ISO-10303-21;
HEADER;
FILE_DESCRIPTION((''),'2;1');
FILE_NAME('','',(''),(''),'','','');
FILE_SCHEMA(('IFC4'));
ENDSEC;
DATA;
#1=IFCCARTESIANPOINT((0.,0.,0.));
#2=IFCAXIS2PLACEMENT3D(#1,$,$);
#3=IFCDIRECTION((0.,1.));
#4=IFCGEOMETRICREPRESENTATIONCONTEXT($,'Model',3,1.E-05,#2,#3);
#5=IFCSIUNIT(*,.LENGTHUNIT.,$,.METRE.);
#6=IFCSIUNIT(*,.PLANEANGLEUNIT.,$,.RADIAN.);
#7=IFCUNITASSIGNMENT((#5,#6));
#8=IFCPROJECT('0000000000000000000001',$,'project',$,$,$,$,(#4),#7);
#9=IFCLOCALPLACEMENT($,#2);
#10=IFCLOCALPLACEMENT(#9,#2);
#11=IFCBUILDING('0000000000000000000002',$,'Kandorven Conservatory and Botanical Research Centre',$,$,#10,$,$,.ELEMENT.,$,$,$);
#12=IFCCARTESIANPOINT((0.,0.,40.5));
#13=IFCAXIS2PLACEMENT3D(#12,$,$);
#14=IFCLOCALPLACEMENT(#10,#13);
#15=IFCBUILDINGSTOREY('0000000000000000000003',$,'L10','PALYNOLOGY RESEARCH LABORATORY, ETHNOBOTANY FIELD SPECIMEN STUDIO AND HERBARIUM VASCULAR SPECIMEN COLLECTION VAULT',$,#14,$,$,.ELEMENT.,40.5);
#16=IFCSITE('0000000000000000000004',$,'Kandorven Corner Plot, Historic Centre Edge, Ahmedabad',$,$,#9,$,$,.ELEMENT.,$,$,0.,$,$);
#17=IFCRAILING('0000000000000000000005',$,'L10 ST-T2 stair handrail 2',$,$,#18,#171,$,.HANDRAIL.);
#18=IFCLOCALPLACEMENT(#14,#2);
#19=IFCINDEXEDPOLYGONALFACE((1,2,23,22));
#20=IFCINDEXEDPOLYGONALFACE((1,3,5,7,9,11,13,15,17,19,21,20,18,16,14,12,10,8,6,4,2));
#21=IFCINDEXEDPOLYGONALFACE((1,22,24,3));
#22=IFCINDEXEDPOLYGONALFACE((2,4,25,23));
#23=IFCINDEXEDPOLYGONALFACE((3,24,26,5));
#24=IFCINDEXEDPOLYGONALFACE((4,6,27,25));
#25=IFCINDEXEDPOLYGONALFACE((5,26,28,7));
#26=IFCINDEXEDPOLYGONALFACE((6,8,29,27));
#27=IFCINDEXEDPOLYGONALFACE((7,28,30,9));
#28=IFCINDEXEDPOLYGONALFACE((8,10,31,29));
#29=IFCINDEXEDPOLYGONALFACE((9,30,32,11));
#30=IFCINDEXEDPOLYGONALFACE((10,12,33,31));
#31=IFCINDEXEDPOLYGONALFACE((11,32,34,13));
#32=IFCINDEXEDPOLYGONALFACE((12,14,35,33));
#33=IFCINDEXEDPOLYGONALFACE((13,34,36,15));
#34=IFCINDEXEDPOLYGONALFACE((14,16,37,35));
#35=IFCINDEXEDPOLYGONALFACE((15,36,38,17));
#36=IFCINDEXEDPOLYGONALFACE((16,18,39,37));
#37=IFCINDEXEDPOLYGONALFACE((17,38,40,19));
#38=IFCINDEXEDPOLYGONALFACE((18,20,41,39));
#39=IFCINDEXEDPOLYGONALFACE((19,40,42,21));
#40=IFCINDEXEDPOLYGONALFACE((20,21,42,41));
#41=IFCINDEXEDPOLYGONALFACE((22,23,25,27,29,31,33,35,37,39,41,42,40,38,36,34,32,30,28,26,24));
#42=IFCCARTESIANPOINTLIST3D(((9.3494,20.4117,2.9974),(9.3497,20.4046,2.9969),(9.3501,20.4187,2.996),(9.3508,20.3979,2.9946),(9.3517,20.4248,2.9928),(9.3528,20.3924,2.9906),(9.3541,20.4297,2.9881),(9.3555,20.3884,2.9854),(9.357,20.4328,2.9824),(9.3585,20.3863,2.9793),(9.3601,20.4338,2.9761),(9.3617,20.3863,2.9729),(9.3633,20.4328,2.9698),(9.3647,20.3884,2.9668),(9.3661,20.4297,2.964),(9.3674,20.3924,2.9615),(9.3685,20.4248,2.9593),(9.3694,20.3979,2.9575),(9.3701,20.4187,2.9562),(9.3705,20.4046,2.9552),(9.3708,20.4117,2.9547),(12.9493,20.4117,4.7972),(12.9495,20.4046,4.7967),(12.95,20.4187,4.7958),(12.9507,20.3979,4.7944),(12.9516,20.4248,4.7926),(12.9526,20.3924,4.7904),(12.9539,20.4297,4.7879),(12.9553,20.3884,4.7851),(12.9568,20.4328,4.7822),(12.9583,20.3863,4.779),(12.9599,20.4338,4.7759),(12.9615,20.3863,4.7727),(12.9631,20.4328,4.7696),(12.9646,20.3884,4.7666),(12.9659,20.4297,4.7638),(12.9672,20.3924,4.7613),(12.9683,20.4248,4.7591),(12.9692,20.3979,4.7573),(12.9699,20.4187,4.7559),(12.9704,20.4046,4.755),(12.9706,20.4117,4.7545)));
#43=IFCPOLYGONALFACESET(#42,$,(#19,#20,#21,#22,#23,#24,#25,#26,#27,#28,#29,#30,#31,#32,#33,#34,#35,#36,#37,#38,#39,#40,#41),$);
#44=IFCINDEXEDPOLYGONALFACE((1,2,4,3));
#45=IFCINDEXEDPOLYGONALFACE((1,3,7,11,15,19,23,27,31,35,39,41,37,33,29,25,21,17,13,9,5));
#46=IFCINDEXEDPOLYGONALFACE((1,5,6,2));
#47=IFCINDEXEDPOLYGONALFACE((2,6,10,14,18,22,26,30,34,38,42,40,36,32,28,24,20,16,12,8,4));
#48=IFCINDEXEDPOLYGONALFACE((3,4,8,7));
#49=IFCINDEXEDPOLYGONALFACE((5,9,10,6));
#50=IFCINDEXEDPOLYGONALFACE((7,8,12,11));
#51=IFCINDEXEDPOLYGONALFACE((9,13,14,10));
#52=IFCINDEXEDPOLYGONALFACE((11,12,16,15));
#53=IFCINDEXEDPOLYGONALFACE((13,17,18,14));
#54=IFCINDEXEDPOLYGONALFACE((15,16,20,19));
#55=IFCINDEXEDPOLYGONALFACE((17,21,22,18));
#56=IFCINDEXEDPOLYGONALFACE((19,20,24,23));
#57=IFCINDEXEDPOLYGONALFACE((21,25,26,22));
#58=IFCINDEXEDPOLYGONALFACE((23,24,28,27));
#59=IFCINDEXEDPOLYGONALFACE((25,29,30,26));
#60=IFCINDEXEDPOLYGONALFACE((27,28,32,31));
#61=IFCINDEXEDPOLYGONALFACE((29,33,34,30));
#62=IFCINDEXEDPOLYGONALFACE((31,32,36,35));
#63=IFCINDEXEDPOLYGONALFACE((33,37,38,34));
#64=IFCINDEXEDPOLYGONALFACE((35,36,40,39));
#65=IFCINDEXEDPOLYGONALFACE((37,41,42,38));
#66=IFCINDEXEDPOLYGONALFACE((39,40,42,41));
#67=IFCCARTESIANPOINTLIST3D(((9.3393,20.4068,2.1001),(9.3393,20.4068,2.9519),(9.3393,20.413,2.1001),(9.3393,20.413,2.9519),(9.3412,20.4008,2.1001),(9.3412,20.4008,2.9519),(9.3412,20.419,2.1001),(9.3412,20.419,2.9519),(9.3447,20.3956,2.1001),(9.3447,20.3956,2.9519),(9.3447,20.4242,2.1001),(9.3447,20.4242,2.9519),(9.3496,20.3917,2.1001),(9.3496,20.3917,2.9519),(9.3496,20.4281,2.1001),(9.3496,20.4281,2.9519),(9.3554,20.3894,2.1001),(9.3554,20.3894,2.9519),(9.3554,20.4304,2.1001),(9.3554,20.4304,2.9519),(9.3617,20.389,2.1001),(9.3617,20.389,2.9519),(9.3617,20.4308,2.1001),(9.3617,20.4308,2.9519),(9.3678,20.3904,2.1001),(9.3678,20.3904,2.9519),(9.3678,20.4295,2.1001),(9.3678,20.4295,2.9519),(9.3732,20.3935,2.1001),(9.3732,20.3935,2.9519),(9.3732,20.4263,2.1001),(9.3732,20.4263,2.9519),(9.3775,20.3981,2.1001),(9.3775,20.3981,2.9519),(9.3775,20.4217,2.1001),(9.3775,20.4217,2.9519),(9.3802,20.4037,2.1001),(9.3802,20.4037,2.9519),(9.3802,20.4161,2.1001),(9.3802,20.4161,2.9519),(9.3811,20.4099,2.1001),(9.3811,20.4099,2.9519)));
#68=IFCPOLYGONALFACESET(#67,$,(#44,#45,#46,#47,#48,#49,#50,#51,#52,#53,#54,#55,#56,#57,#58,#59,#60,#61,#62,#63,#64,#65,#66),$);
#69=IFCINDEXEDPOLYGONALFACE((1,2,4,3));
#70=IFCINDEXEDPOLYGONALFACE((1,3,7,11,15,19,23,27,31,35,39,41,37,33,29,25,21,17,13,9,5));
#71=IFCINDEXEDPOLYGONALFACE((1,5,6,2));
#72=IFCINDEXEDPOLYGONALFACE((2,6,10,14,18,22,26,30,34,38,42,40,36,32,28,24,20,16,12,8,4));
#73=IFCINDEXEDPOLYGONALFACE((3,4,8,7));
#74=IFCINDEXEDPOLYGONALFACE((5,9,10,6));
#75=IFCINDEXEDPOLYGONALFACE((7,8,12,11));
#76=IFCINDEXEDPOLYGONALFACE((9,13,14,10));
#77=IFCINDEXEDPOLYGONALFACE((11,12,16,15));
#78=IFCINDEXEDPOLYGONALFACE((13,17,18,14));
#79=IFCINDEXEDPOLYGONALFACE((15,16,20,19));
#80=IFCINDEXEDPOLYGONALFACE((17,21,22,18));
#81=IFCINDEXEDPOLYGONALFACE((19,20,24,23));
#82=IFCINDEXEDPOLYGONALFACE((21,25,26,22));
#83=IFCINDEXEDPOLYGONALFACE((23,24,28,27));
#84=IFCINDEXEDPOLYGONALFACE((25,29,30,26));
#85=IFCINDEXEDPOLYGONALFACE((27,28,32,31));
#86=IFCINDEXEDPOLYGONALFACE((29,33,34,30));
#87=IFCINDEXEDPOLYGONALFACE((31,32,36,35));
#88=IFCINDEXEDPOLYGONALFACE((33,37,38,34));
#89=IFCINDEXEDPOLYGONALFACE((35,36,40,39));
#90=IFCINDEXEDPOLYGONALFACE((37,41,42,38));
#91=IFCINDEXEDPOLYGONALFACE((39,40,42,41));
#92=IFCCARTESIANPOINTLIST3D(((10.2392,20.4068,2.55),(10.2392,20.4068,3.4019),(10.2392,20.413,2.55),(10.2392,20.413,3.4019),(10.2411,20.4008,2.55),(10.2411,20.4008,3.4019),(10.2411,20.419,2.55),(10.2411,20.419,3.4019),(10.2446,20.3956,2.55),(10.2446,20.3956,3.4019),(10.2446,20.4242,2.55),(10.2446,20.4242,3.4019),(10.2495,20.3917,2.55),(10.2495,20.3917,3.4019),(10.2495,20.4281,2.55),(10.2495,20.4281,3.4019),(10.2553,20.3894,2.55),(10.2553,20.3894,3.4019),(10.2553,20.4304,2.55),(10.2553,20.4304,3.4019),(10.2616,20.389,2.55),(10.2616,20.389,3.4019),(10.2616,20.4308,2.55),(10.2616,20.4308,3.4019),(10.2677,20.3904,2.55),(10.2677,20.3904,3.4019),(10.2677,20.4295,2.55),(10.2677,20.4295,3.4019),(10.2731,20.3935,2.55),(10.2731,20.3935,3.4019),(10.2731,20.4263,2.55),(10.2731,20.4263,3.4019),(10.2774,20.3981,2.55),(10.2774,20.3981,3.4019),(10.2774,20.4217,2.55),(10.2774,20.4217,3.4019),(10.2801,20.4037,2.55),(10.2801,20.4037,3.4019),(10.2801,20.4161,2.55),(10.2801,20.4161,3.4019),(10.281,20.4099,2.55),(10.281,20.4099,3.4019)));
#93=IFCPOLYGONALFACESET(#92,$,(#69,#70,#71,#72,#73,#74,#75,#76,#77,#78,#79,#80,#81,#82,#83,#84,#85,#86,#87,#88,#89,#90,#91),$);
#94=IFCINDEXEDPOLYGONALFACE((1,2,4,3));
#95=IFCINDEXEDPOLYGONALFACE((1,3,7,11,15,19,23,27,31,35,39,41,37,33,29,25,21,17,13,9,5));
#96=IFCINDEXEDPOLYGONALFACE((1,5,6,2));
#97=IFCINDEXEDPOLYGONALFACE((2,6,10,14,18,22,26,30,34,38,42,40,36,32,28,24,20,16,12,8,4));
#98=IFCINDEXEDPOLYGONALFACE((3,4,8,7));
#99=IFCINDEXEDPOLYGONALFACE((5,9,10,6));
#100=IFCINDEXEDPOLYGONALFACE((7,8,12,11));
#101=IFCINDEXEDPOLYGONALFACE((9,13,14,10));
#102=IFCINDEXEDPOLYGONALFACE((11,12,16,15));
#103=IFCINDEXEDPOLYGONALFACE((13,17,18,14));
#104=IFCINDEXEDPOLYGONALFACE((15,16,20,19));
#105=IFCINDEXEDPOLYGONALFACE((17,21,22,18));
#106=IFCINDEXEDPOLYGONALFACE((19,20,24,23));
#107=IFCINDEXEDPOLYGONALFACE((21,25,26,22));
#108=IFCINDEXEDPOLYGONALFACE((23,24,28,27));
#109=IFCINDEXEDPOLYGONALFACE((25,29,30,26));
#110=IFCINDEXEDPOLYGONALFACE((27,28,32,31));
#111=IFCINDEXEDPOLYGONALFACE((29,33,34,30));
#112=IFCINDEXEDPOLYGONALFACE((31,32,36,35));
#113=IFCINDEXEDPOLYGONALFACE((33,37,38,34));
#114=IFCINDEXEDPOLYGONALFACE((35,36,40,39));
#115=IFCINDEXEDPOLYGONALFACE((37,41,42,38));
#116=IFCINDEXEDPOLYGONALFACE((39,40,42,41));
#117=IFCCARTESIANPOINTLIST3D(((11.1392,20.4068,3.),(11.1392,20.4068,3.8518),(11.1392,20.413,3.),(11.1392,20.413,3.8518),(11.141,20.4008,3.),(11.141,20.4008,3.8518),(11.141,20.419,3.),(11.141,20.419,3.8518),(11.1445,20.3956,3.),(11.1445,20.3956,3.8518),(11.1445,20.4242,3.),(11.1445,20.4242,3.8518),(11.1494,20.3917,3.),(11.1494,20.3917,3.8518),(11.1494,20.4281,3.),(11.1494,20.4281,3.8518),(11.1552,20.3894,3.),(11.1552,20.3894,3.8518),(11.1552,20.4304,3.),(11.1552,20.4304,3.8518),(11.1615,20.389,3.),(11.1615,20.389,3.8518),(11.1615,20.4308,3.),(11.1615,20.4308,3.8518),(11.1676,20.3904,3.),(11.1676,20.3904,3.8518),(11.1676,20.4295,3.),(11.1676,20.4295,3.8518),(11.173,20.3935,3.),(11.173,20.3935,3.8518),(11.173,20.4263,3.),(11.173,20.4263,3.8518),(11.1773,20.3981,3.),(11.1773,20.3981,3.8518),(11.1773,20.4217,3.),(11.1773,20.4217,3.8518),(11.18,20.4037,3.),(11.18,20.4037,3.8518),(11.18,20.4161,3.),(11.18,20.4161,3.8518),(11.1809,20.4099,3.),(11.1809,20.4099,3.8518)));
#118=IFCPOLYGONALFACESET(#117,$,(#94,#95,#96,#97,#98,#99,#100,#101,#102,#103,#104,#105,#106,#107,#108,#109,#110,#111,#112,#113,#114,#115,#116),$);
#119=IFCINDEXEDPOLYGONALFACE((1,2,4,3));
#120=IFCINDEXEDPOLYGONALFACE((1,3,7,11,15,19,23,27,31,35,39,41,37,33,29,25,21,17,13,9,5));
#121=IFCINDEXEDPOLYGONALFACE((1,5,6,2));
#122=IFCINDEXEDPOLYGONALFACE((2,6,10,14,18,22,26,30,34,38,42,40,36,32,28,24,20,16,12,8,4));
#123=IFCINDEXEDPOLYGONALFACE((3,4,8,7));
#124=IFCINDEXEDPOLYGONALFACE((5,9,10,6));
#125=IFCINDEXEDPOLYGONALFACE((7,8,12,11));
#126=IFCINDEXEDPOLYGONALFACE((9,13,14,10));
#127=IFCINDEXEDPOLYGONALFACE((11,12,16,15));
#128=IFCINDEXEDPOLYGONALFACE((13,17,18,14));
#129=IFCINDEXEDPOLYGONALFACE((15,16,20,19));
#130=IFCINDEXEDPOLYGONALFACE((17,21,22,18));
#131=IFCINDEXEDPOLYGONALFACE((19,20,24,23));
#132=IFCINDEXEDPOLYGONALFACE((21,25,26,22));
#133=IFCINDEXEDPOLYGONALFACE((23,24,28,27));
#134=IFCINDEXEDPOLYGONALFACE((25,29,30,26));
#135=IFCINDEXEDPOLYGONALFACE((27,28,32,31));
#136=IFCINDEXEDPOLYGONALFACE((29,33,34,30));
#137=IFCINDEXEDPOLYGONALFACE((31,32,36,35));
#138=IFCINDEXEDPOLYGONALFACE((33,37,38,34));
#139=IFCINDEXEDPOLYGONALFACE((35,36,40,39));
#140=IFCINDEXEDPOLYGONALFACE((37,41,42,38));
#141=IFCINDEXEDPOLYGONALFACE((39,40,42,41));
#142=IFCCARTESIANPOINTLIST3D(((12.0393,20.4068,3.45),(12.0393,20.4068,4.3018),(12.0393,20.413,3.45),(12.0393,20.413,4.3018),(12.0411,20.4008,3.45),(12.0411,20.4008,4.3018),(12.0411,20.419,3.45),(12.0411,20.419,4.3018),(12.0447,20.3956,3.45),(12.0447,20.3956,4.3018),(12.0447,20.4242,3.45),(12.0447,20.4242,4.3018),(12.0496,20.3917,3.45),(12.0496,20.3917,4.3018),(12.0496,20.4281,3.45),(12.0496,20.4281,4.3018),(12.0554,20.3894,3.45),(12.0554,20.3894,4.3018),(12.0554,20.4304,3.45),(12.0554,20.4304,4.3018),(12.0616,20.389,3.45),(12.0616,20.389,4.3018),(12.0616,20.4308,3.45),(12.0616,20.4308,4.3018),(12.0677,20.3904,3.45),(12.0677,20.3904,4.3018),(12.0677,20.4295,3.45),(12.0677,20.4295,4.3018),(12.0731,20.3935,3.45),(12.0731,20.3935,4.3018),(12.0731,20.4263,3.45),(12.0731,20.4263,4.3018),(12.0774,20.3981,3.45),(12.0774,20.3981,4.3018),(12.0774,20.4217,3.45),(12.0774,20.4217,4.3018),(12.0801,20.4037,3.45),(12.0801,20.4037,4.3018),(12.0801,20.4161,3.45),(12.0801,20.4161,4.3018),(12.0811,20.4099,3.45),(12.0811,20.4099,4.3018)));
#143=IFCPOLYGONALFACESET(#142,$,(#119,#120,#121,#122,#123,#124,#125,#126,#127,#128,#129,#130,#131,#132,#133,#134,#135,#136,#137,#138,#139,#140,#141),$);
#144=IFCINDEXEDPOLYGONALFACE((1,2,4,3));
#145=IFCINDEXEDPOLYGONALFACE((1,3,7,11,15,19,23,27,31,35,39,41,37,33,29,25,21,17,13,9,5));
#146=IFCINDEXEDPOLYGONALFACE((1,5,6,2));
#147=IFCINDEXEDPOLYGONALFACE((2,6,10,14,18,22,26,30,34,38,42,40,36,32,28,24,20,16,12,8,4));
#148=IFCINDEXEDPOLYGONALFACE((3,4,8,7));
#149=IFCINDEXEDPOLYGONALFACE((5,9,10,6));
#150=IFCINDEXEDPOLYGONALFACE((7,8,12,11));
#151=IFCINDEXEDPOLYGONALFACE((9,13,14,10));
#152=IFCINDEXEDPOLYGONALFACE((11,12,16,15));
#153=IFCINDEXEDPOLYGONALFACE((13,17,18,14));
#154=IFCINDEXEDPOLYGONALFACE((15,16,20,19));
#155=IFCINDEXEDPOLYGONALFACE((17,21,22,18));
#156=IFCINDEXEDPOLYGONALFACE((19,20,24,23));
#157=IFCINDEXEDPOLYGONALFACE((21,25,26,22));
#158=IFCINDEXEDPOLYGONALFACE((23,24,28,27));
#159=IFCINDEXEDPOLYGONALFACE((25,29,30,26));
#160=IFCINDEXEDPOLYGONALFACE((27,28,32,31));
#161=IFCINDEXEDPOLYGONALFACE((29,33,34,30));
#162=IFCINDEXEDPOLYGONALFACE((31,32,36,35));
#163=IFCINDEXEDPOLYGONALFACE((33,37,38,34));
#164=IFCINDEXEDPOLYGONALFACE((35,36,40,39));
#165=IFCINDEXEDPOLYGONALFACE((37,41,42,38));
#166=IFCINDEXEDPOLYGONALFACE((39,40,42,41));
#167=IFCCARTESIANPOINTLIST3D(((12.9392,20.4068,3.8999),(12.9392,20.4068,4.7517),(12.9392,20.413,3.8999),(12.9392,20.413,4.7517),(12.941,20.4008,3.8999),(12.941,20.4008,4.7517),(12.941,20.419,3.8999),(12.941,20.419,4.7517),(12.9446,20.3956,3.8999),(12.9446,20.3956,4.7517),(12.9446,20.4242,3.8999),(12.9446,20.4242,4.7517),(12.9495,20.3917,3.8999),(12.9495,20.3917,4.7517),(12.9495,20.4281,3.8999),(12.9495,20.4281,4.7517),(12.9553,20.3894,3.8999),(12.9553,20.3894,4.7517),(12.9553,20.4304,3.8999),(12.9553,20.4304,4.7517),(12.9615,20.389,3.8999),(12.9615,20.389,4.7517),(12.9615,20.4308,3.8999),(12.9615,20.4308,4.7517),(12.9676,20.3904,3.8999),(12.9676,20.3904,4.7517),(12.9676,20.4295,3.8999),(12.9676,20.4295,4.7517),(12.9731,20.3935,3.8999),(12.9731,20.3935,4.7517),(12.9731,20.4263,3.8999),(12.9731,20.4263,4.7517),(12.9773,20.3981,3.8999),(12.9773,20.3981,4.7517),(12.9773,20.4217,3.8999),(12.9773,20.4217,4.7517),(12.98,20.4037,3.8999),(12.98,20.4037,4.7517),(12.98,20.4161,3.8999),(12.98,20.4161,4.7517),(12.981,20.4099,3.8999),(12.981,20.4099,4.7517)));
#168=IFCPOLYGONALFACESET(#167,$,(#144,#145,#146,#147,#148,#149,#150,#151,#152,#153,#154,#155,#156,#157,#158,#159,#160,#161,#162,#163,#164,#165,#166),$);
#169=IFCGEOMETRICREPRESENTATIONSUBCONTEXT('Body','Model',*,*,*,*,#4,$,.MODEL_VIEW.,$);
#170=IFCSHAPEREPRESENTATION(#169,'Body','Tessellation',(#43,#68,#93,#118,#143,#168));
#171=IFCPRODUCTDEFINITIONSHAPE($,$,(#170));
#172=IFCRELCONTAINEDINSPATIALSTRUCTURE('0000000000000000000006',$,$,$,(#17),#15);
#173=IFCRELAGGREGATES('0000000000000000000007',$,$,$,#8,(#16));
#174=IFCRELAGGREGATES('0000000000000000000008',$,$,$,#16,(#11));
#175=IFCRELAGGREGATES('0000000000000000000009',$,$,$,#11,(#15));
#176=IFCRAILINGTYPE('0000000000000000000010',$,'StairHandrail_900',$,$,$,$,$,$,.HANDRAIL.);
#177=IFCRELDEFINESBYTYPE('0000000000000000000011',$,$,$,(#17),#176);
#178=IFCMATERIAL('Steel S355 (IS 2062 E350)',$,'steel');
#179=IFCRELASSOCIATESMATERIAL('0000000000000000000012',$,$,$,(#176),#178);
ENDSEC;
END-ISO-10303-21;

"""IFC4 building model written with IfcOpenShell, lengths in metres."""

from ifc_helpers import new_model, si_unit, direction, frame, origin, origin_2d, place, context, subcontext, project, spatial, circle, extrude, material, type_object, element, save


model = new_model("IFC4")

# Units and contexts
model_context = context("Model", 3, precision=1e-05, world=origin(), true_north=direction((0.0, 1.0)))
body_context = subcontext(model_context, "Body", "Model", "MODEL_VIEW")
ifc_project = project(units=[si_unit("LENGTHUNIT", "METRE"), si_unit("PLANEANGLEUNIT", "RADIAN")], contexts=[model_context])

# Site, building, storey
site_placement = place(None, origin())
site = spatial("IfcSite", under=ifc_project, at=site_placement, Name="Kandorven Corner Plot, Historic Centre Edge, Ahmedabad", CompositionType="ELEMENT", RefElevation=0.0)
building_placement = place(site_placement, origin())
building = spatial("IfcBuilding", under=site, at=building_placement, Name="Kandorven Conservatory and Botanical Research Centre", CompositionType="ELEMENT")
storey_placement = place(building_placement, frame((0.0, 0.0, 40.5)))
storey = spatial("IfcBuildingStorey", under=building, at=storey_placement, Name="L10", Description="PALYNOLOGY RESEARCH LABORATORY, ETHNOBOTANY FIELD SPECIMEN STUDIO AND HERBARIUM VASCULAR SPECIMEN COLLECTION VAULT", CompositionType="ELEMENT", Elevation=40.5)

# Railing
ifc_material_1 = material(Name="Steel S355 (IS 2062 E350)", Category="steel")
railing_type_1 = type_object("IfcRailingType", Name="StairHandrail_900", PredefinedType="HANDRAIL", material=ifc_material_1)
railing_1_placement = place(storey_placement, frame((9.3601, 20.4099, 2.1001)))
element("IfcRailing", 1, at=railing_1_placement, inside=storey, type_object=railing_type_1, Name="L10 ST-T2 stair handrail 2", PredefinedType="HANDRAIL", context=body_context, shape_type="SweptSolid", body=[
    extrude(circle(Radius=0.0239, at=origin_2d()), frame((0.0, 0.0, 0.876), z_axis=(0.894439, 0.0, 0.447189), x_axis=(0.0, 1.0, 0.0)), (0.0, 0.0, 1.0), 4.0247),
    extrude(circle(Radius=0.021, at=origin_2d()), origin(), (0.0, 0.0, 1.0), 0.8518),
    extrude(circle(Radius=0.021, at=origin_2d()), frame((0.8999, 0.0, 0.45)), (0.0, 0.0, 1.0), 0.8518),
    extrude(circle(Radius=0.021, at=origin_2d()), frame((1.7998, 0.0, 0.8999)), (0.0, 0.0, 1.0), 0.8518),
    extrude(circle(Radius=0.021, at=origin_2d()), frame((2.7, 0.0, 1.3499)), (0.0, 0.0, 1.0), 0.8518),
    extrude(circle(Radius=0.021, at=origin_2d()), frame((3.5999, 0.0, 1.7998)), (0.0, 0.0, 1.0), 0.8518),
])

save(model, "model.ifc")
